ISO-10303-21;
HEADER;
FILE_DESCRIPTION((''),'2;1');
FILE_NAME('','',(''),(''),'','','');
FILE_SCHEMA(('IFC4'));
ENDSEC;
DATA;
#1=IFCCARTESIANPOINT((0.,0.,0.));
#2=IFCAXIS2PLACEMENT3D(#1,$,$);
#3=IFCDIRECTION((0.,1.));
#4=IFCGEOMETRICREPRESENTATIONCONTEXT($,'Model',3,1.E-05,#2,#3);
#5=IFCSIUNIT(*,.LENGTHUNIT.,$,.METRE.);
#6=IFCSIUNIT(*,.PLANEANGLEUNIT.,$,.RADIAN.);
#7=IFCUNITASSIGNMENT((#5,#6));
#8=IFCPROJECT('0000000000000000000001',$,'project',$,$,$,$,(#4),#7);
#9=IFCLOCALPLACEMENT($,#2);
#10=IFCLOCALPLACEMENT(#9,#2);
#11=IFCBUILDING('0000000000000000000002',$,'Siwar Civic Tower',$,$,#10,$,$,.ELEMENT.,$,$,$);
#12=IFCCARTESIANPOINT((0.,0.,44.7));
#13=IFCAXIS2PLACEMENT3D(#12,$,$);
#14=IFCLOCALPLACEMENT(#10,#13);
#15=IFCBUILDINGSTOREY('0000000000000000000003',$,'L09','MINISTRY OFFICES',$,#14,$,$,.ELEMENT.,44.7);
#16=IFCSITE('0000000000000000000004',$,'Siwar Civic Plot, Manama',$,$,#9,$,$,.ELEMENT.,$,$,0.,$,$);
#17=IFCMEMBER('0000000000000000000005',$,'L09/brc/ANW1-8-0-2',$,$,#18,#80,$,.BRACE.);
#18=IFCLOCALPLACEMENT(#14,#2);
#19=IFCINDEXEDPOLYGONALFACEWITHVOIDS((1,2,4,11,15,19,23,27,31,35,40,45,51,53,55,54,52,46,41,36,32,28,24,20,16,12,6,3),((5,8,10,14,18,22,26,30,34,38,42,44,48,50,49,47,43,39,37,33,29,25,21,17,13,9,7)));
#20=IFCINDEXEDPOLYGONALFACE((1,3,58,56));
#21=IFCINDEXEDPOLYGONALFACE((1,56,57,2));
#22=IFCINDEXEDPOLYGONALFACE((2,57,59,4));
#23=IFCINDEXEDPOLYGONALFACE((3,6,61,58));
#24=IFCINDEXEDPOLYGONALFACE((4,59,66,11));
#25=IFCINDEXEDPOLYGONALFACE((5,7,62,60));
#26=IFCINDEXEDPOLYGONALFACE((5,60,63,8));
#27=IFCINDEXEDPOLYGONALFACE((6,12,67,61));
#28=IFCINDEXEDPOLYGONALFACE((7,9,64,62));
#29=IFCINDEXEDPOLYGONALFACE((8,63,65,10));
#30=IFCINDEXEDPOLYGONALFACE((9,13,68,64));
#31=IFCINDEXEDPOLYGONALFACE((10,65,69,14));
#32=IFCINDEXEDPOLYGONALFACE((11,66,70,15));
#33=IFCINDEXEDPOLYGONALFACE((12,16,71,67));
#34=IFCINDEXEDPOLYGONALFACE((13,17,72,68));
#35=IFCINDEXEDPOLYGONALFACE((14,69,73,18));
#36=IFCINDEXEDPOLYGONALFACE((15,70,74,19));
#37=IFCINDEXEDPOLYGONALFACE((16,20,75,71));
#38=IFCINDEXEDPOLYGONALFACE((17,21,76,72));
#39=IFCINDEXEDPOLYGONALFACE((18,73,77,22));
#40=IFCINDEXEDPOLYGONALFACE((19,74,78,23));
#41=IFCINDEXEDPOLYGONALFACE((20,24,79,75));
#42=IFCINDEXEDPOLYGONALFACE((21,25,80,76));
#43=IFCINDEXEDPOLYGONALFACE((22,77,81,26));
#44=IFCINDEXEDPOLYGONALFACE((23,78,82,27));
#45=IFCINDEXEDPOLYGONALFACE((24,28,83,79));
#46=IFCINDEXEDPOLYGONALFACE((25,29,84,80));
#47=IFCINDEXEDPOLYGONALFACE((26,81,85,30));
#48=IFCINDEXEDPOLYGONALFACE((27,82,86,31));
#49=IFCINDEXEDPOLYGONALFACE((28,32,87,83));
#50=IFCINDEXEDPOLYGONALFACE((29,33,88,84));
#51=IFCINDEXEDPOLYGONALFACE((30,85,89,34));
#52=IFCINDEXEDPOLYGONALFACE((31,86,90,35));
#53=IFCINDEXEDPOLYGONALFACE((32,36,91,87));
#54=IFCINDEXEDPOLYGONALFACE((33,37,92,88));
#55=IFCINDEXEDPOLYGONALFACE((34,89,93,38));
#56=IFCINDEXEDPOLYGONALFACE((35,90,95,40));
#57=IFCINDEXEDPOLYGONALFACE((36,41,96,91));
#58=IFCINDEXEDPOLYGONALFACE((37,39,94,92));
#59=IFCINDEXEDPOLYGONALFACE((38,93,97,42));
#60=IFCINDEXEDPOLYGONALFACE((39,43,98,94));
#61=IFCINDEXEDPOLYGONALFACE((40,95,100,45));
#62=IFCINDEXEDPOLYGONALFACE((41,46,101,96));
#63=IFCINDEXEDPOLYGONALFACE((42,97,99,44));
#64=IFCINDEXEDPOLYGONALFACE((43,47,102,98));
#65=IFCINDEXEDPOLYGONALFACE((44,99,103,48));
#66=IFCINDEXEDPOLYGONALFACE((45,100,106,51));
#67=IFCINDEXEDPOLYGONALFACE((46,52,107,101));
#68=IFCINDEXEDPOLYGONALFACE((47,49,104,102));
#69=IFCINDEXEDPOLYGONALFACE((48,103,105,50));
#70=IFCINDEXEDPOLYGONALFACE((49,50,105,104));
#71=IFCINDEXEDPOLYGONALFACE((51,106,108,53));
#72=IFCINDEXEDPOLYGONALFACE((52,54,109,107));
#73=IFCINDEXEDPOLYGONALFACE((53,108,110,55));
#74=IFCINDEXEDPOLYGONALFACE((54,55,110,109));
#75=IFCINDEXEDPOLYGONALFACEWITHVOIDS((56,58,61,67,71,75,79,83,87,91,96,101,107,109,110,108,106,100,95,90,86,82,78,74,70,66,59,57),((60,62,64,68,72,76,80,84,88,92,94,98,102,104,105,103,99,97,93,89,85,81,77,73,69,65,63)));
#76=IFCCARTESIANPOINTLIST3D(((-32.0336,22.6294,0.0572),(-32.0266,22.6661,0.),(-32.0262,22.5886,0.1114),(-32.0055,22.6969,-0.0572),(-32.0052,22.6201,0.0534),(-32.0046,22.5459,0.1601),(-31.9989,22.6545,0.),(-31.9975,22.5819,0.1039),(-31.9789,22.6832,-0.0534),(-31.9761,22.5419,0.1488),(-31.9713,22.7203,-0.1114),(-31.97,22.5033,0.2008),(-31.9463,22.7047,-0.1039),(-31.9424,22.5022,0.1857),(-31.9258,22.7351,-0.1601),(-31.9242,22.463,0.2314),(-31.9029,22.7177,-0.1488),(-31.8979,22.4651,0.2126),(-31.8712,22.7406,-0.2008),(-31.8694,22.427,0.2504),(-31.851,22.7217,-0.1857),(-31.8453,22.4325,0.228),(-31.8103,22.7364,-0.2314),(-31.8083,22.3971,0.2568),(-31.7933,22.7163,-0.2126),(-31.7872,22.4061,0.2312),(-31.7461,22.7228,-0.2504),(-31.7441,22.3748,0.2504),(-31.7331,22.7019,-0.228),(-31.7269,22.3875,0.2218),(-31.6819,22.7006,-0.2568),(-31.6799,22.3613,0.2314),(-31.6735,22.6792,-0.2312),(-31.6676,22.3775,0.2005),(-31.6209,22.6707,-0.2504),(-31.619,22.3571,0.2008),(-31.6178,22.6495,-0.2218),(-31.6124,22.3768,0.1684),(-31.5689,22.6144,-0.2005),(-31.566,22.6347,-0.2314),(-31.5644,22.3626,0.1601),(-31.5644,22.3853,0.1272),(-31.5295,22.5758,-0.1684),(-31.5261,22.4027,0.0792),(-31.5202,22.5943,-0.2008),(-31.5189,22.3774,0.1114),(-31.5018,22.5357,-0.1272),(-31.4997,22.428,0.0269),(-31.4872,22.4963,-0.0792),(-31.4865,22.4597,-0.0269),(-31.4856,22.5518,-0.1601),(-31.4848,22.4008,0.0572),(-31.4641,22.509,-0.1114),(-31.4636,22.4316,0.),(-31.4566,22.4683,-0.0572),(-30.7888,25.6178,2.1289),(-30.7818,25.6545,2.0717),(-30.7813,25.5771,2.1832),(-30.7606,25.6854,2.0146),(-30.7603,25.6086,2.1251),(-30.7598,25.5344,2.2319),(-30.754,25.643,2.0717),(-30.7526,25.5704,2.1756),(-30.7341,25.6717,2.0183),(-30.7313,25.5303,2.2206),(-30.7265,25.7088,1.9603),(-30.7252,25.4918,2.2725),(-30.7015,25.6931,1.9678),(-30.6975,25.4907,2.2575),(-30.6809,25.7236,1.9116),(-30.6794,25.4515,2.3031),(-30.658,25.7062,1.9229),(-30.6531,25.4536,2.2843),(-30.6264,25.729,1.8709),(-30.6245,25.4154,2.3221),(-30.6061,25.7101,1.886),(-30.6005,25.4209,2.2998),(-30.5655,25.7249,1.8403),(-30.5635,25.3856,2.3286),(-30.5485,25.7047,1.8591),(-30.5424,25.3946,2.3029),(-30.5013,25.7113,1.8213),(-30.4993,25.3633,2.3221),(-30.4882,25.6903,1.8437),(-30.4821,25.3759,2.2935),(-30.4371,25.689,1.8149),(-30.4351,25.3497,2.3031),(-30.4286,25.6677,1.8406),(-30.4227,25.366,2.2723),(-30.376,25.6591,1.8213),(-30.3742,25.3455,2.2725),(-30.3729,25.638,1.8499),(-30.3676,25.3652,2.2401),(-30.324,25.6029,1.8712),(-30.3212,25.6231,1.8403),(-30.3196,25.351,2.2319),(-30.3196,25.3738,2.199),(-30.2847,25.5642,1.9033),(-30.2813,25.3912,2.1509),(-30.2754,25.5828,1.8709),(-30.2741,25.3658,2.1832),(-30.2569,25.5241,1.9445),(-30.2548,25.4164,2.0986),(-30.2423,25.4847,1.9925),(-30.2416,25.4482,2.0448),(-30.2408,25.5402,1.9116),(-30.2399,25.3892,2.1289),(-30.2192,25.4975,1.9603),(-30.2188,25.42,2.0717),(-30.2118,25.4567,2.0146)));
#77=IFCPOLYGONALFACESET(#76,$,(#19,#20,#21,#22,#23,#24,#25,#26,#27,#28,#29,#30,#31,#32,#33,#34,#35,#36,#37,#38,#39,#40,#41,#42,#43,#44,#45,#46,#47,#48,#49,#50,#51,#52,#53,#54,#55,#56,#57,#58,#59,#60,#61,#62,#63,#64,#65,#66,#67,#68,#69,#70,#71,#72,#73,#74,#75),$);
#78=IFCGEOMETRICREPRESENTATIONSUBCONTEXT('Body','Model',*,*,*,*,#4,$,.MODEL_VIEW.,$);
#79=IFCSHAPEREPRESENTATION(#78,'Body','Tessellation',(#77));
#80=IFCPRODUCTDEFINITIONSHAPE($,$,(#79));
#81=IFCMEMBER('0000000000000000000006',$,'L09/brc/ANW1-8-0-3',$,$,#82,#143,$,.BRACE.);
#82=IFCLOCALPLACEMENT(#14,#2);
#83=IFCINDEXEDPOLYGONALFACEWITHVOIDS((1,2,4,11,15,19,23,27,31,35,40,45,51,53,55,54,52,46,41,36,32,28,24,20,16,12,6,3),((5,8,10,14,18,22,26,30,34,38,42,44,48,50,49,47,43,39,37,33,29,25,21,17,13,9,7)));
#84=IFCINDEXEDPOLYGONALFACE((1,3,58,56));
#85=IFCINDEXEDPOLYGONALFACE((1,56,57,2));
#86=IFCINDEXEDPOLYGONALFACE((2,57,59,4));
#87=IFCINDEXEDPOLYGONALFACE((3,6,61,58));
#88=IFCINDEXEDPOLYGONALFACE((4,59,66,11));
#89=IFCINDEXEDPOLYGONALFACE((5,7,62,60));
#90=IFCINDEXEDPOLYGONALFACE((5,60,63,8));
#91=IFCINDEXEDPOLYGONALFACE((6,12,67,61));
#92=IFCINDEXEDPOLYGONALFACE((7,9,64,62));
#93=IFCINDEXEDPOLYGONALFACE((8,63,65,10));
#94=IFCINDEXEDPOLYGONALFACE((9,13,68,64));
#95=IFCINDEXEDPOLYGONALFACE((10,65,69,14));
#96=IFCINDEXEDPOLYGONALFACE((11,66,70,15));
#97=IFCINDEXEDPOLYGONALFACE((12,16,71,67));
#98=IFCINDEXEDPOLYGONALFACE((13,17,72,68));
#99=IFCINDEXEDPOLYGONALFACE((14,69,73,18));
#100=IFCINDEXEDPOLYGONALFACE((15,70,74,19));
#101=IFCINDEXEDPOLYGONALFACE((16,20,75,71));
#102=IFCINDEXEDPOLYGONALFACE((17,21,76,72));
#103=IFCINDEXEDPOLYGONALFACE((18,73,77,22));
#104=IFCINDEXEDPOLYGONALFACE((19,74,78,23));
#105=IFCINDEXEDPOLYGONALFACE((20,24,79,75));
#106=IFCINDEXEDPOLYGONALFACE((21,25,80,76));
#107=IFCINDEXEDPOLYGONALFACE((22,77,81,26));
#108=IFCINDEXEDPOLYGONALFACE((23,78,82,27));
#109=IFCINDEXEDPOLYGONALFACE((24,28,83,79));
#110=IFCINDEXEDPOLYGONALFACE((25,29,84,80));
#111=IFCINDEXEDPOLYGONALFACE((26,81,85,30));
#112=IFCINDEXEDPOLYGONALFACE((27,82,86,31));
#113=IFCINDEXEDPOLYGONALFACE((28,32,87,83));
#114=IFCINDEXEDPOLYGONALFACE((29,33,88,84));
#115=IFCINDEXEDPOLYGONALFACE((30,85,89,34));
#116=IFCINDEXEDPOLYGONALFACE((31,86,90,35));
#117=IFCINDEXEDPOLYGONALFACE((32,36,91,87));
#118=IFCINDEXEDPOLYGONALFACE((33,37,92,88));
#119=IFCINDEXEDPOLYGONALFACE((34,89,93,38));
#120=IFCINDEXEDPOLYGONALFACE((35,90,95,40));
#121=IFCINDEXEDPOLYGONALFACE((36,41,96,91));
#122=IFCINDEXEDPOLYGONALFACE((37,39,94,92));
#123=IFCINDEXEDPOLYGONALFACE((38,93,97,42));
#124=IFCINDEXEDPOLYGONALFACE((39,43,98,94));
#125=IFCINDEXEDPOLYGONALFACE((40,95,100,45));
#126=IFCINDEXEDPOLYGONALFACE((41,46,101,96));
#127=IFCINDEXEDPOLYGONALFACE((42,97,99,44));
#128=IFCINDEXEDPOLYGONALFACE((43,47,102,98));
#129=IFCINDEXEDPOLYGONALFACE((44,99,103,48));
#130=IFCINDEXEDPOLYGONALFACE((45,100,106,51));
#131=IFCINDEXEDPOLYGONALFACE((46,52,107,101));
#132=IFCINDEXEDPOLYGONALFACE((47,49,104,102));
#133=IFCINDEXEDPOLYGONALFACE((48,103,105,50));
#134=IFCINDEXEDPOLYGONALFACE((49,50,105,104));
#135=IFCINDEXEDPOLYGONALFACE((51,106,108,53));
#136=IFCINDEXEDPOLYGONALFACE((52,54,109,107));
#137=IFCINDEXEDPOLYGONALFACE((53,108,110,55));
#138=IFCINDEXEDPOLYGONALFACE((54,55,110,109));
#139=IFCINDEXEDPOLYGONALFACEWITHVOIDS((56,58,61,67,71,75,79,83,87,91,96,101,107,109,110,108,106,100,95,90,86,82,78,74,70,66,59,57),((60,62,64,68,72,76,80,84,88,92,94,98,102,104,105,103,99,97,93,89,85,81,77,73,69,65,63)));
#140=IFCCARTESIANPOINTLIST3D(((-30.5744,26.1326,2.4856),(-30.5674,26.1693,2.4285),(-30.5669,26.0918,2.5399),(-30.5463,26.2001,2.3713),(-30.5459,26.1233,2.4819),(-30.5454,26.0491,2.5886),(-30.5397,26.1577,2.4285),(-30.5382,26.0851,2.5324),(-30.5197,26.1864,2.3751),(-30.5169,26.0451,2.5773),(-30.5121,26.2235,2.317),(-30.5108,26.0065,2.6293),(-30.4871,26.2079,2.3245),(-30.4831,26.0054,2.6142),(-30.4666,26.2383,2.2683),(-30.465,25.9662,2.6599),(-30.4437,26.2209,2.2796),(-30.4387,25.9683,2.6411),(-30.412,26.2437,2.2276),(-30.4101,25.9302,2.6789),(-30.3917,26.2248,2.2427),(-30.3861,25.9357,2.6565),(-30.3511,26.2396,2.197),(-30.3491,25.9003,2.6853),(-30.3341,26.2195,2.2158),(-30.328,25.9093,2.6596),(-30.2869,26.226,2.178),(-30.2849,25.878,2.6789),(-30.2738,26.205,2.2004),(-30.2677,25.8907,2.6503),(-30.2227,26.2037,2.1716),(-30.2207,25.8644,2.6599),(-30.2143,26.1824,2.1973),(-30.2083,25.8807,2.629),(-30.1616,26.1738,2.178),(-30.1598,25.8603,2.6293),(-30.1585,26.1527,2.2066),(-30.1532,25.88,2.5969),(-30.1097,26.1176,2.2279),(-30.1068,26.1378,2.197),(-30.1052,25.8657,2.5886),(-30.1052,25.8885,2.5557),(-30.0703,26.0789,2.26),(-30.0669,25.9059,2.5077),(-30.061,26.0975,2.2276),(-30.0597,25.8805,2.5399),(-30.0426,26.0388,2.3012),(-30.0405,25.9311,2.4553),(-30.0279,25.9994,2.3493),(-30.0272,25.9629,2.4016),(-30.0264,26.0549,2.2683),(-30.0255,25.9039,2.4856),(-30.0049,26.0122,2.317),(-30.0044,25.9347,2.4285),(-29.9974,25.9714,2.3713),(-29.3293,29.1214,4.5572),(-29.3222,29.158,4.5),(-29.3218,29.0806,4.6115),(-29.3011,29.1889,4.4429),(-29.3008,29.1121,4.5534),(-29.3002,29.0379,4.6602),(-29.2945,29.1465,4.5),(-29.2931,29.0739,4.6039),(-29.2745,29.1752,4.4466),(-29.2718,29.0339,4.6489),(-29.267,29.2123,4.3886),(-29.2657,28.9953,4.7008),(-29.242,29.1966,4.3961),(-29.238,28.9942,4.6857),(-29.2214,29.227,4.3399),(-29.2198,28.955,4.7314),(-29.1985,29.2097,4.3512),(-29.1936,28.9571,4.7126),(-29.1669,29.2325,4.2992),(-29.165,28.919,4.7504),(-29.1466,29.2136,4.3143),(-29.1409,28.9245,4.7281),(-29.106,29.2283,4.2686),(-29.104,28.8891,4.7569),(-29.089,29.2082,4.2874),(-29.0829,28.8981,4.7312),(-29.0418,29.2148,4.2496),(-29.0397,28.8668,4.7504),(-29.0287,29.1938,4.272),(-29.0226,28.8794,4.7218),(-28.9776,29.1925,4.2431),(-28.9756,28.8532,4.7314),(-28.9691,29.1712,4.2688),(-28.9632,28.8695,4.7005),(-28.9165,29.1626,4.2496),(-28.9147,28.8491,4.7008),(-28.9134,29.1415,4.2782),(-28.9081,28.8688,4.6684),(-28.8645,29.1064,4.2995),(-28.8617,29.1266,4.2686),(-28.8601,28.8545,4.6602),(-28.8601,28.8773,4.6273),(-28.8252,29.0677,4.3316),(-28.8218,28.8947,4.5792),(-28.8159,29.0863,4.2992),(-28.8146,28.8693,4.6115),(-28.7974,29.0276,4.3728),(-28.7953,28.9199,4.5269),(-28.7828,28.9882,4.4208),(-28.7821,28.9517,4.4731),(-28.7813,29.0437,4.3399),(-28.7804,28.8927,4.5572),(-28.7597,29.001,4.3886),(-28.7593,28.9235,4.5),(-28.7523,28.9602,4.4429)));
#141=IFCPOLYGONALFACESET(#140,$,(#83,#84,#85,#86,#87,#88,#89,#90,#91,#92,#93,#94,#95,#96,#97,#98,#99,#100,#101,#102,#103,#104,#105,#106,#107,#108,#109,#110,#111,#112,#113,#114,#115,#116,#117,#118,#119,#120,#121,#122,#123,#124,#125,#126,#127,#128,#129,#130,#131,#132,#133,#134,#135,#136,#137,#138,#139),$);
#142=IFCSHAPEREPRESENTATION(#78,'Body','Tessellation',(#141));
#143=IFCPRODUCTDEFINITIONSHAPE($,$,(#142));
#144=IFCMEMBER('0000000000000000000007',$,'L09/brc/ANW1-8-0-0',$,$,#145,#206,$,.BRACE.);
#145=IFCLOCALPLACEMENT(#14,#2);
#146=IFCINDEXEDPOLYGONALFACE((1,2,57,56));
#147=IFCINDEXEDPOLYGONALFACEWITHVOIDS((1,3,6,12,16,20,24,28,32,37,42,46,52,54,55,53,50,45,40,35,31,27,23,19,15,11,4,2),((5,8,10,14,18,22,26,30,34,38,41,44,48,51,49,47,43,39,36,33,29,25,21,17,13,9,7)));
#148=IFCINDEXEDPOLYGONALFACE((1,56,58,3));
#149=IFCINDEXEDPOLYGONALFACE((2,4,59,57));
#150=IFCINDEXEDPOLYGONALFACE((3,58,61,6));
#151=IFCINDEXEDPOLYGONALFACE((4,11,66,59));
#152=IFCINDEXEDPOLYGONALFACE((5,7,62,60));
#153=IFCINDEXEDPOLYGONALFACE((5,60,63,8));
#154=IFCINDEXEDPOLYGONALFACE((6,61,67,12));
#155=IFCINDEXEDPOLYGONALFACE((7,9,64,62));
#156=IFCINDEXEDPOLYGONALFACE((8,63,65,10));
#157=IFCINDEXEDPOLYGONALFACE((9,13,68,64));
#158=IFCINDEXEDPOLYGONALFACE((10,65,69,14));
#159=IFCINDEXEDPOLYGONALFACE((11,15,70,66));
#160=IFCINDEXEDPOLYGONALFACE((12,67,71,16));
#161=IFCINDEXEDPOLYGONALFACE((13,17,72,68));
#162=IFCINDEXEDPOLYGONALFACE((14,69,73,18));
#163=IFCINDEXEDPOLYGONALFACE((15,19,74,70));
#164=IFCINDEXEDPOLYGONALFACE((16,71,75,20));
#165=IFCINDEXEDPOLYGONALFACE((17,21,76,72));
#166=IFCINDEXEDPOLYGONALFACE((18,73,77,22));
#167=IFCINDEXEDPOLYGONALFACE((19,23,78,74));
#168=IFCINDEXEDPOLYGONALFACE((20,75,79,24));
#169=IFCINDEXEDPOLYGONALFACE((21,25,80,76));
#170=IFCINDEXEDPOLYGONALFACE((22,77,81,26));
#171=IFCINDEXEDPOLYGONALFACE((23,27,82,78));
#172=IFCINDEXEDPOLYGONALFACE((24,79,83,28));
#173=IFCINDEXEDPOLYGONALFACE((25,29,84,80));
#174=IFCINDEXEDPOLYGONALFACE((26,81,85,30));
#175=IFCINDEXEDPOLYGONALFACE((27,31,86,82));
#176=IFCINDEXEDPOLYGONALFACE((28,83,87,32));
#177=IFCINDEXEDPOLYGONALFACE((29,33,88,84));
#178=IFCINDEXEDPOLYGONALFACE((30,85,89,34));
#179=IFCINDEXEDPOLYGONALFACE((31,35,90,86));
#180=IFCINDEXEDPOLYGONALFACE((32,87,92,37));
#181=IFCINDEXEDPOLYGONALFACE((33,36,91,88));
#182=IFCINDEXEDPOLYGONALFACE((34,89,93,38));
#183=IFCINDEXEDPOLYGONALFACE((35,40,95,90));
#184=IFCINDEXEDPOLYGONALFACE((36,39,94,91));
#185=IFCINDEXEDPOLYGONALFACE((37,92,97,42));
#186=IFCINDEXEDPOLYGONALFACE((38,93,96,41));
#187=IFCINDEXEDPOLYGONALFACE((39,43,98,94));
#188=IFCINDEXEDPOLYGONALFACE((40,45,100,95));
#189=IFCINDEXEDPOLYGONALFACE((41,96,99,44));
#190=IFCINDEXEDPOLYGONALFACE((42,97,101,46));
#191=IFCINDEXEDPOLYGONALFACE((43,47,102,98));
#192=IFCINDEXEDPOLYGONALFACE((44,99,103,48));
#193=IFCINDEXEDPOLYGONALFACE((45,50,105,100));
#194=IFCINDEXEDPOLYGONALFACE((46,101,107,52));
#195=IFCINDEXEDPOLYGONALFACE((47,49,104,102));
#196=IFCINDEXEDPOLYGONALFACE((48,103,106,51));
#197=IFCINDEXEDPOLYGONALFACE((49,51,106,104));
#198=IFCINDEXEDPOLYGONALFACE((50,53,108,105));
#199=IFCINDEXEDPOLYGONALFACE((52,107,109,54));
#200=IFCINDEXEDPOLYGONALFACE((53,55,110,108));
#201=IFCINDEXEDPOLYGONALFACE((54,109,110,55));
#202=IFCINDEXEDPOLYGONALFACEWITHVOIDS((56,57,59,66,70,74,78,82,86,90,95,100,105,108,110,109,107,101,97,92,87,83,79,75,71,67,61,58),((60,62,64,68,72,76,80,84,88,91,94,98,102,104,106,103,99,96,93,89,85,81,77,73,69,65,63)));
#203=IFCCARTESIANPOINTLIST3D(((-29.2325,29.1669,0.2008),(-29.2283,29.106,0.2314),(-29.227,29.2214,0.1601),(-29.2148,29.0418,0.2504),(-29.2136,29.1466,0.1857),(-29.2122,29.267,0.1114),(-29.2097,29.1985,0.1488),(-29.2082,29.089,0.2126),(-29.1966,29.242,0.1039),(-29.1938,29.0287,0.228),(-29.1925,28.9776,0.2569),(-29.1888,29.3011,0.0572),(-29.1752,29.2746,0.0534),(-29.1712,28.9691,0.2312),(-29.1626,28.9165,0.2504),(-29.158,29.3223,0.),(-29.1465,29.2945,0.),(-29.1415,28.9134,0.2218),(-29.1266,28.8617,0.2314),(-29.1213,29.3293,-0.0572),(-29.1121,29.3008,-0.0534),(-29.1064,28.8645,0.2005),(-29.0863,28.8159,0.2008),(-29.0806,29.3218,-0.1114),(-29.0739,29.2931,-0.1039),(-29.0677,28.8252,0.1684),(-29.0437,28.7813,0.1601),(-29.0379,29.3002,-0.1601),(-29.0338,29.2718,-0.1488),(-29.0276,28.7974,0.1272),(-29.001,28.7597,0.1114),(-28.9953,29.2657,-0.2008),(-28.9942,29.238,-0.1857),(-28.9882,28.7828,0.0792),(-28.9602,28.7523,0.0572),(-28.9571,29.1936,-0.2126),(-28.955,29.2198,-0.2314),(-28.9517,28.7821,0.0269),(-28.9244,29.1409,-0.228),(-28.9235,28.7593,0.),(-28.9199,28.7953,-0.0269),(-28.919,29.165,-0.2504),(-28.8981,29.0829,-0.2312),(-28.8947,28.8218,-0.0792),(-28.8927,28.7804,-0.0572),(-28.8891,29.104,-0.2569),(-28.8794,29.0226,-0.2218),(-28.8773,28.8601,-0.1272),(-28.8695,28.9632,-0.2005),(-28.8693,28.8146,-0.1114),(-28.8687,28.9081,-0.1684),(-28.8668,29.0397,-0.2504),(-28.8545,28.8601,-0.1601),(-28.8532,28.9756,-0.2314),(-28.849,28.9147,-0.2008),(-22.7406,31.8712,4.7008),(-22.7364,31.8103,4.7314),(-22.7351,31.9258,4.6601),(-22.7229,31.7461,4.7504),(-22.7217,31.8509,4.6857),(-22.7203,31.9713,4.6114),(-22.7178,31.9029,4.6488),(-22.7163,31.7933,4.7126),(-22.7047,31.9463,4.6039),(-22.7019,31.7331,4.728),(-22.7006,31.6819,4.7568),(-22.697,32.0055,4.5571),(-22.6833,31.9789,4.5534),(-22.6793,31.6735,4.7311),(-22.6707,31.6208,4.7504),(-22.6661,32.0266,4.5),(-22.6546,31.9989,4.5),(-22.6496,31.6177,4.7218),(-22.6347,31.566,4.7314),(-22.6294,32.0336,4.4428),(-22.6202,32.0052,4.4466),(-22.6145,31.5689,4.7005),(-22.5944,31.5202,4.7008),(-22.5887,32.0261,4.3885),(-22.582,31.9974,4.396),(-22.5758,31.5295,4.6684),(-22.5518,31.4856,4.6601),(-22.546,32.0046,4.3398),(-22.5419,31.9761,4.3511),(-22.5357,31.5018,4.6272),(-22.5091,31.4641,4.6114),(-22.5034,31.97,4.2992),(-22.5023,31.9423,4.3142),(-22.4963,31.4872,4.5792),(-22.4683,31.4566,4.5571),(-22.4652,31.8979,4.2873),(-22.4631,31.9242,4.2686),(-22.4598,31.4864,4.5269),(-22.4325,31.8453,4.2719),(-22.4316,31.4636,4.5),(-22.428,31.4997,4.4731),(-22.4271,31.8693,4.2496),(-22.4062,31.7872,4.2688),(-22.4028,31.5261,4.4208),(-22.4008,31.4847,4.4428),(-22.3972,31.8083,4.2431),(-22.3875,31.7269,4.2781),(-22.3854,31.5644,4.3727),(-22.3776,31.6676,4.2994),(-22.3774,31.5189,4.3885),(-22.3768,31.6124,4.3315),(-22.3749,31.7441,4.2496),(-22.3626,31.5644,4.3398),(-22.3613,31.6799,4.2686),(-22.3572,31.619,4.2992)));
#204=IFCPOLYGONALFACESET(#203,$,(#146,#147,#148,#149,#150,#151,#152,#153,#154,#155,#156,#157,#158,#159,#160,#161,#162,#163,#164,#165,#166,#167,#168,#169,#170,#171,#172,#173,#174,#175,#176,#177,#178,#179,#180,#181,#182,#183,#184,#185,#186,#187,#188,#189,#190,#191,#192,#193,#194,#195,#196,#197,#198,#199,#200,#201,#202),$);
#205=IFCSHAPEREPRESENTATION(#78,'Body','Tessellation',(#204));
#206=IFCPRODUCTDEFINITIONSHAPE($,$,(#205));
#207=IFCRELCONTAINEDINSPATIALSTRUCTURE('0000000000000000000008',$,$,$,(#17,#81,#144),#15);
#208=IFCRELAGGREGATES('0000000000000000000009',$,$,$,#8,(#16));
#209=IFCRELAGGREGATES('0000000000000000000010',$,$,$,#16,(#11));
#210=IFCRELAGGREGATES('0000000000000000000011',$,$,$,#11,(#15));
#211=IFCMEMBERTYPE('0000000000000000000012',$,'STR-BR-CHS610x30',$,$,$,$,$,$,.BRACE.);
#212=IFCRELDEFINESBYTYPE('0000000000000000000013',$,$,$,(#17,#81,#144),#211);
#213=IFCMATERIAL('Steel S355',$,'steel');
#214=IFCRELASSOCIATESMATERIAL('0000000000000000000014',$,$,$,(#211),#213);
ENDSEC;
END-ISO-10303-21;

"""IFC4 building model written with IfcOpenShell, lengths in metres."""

from ifc_helpers import new_model, si_unit, direction, frame, origin, origin_2d, place, context, subcontext, project, spatial, hollow_circle, extrude, material, material_profile, profile_set, type_object, element, save


model = new_model("IFC4")

# Units and contexts
model_context = context("Model", 3, precision=1e-05, world=origin(), true_north=direction((0.0, 1.0)))
body_context = subcontext(model_context, "Body", "Model", "MODEL_VIEW")
ifc_project = project(units=[si_unit("LENGTHUNIT", "METRE"), si_unit("PLANEANGLEUNIT", "RADIAN")], contexts=[model_context])

# Site, building, storey
site_placement = place(None, origin())
site = spatial("IfcSite", under=ifc_project, at=site_placement, Name="Siwar Civic Plot, Manama", CompositionType="ELEMENT", RefElevation=0.0)
building_placement = place(site_placement, origin())
building = spatial("IfcBuilding", under=site, at=building_placement, Name="Siwar Civic Tower", CompositionType="ELEMENT")
storey_placement = place(building_placement, frame((0.0, 0.0, 44.7)))
storey = spatial("IfcBuildingStorey", under=building, at=storey_placement, Name="L09", Description="MINISTRY OFFICES", CompositionType="ELEMENT", Elevation=44.7)

# Members
ifc_material_1 = material(Name="Steel S355", Category="steel")
ifc_material_profile_1 = material_profile(ifc_material_1, hollow_circle(Radius=0.3049, WallThickness=0.03, at=origin_2d()), Name="CHS610x30")
ifc_profile_set_1 = profile_set([ifc_material_profile_1], Name="Steel S355")
member_type_1 = type_object("IfcMemberType", Name="STR-BR-CHS610x30", PredefinedType="BRACE", material=ifc_profile_set_1)
member_1_placement = place(storey_placement, frame((-31.7451, 22.5488, 0.0), z_axis=(0.323882, 0.777533, 0.53902), x_axis=(-0.923115, 0.384524, 0.0)))
element("IfcMember", 1, at=member_1_placement, inside=storey, type_object=member_type_1, Name="L09/brc/ANW1-8-0-2", PredefinedType="BRACE", context=body_context, shape_type="SweptSolid", body=[
    extrude(hollow_circle(Radius=0.3049, WallThickness=0.03, at=origin_2d()), origin(), (0.0, 0.0, 1.0), 3.8435),
])
member_2_placement = place(storey_placement, frame((-30.2859, 26.052, 2.4285), z_axis=(0.323934, 0.777569, 0.538937), x_axis=(-0.923099, 0.384562, 0.0)))
element("IfcMember", 2, at=member_2_placement, inside=storey, type_object=member_type_1, Name="L09/brc/ANW1-8-0-3", PredefinedType="BRACE", context=body_context, shape_type="SweptSolid", body=[
    extrude(hollow_circle(Radius=0.3049, WallThickness=0.03, at=origin_2d()), origin(), (0.0, 0.0, 1.0), 3.8438),
])
member_3_placement = place(storey_placement, frame((-29.0408, 29.0408, 0.0), z_axis=(0.777555, 0.323906, 0.538975), x_axis=(-0.384539, 0.923109, 0.0)))
element("IfcMember", 3, at=member_3_placement, inside=storey, type_object=member_type_1, Name="L09/brc/ANW1-8-0-0", PredefinedType="BRACE", context=body_context, shape_type="SweptSolid", body=[
    extrude(hollow_circle(Radius=0.3049, WallThickness=0.03, at=origin_2d()), origin(), (0.0, 0.0, 1.0), 8.3491),
])

save(model, "model.ifc")
